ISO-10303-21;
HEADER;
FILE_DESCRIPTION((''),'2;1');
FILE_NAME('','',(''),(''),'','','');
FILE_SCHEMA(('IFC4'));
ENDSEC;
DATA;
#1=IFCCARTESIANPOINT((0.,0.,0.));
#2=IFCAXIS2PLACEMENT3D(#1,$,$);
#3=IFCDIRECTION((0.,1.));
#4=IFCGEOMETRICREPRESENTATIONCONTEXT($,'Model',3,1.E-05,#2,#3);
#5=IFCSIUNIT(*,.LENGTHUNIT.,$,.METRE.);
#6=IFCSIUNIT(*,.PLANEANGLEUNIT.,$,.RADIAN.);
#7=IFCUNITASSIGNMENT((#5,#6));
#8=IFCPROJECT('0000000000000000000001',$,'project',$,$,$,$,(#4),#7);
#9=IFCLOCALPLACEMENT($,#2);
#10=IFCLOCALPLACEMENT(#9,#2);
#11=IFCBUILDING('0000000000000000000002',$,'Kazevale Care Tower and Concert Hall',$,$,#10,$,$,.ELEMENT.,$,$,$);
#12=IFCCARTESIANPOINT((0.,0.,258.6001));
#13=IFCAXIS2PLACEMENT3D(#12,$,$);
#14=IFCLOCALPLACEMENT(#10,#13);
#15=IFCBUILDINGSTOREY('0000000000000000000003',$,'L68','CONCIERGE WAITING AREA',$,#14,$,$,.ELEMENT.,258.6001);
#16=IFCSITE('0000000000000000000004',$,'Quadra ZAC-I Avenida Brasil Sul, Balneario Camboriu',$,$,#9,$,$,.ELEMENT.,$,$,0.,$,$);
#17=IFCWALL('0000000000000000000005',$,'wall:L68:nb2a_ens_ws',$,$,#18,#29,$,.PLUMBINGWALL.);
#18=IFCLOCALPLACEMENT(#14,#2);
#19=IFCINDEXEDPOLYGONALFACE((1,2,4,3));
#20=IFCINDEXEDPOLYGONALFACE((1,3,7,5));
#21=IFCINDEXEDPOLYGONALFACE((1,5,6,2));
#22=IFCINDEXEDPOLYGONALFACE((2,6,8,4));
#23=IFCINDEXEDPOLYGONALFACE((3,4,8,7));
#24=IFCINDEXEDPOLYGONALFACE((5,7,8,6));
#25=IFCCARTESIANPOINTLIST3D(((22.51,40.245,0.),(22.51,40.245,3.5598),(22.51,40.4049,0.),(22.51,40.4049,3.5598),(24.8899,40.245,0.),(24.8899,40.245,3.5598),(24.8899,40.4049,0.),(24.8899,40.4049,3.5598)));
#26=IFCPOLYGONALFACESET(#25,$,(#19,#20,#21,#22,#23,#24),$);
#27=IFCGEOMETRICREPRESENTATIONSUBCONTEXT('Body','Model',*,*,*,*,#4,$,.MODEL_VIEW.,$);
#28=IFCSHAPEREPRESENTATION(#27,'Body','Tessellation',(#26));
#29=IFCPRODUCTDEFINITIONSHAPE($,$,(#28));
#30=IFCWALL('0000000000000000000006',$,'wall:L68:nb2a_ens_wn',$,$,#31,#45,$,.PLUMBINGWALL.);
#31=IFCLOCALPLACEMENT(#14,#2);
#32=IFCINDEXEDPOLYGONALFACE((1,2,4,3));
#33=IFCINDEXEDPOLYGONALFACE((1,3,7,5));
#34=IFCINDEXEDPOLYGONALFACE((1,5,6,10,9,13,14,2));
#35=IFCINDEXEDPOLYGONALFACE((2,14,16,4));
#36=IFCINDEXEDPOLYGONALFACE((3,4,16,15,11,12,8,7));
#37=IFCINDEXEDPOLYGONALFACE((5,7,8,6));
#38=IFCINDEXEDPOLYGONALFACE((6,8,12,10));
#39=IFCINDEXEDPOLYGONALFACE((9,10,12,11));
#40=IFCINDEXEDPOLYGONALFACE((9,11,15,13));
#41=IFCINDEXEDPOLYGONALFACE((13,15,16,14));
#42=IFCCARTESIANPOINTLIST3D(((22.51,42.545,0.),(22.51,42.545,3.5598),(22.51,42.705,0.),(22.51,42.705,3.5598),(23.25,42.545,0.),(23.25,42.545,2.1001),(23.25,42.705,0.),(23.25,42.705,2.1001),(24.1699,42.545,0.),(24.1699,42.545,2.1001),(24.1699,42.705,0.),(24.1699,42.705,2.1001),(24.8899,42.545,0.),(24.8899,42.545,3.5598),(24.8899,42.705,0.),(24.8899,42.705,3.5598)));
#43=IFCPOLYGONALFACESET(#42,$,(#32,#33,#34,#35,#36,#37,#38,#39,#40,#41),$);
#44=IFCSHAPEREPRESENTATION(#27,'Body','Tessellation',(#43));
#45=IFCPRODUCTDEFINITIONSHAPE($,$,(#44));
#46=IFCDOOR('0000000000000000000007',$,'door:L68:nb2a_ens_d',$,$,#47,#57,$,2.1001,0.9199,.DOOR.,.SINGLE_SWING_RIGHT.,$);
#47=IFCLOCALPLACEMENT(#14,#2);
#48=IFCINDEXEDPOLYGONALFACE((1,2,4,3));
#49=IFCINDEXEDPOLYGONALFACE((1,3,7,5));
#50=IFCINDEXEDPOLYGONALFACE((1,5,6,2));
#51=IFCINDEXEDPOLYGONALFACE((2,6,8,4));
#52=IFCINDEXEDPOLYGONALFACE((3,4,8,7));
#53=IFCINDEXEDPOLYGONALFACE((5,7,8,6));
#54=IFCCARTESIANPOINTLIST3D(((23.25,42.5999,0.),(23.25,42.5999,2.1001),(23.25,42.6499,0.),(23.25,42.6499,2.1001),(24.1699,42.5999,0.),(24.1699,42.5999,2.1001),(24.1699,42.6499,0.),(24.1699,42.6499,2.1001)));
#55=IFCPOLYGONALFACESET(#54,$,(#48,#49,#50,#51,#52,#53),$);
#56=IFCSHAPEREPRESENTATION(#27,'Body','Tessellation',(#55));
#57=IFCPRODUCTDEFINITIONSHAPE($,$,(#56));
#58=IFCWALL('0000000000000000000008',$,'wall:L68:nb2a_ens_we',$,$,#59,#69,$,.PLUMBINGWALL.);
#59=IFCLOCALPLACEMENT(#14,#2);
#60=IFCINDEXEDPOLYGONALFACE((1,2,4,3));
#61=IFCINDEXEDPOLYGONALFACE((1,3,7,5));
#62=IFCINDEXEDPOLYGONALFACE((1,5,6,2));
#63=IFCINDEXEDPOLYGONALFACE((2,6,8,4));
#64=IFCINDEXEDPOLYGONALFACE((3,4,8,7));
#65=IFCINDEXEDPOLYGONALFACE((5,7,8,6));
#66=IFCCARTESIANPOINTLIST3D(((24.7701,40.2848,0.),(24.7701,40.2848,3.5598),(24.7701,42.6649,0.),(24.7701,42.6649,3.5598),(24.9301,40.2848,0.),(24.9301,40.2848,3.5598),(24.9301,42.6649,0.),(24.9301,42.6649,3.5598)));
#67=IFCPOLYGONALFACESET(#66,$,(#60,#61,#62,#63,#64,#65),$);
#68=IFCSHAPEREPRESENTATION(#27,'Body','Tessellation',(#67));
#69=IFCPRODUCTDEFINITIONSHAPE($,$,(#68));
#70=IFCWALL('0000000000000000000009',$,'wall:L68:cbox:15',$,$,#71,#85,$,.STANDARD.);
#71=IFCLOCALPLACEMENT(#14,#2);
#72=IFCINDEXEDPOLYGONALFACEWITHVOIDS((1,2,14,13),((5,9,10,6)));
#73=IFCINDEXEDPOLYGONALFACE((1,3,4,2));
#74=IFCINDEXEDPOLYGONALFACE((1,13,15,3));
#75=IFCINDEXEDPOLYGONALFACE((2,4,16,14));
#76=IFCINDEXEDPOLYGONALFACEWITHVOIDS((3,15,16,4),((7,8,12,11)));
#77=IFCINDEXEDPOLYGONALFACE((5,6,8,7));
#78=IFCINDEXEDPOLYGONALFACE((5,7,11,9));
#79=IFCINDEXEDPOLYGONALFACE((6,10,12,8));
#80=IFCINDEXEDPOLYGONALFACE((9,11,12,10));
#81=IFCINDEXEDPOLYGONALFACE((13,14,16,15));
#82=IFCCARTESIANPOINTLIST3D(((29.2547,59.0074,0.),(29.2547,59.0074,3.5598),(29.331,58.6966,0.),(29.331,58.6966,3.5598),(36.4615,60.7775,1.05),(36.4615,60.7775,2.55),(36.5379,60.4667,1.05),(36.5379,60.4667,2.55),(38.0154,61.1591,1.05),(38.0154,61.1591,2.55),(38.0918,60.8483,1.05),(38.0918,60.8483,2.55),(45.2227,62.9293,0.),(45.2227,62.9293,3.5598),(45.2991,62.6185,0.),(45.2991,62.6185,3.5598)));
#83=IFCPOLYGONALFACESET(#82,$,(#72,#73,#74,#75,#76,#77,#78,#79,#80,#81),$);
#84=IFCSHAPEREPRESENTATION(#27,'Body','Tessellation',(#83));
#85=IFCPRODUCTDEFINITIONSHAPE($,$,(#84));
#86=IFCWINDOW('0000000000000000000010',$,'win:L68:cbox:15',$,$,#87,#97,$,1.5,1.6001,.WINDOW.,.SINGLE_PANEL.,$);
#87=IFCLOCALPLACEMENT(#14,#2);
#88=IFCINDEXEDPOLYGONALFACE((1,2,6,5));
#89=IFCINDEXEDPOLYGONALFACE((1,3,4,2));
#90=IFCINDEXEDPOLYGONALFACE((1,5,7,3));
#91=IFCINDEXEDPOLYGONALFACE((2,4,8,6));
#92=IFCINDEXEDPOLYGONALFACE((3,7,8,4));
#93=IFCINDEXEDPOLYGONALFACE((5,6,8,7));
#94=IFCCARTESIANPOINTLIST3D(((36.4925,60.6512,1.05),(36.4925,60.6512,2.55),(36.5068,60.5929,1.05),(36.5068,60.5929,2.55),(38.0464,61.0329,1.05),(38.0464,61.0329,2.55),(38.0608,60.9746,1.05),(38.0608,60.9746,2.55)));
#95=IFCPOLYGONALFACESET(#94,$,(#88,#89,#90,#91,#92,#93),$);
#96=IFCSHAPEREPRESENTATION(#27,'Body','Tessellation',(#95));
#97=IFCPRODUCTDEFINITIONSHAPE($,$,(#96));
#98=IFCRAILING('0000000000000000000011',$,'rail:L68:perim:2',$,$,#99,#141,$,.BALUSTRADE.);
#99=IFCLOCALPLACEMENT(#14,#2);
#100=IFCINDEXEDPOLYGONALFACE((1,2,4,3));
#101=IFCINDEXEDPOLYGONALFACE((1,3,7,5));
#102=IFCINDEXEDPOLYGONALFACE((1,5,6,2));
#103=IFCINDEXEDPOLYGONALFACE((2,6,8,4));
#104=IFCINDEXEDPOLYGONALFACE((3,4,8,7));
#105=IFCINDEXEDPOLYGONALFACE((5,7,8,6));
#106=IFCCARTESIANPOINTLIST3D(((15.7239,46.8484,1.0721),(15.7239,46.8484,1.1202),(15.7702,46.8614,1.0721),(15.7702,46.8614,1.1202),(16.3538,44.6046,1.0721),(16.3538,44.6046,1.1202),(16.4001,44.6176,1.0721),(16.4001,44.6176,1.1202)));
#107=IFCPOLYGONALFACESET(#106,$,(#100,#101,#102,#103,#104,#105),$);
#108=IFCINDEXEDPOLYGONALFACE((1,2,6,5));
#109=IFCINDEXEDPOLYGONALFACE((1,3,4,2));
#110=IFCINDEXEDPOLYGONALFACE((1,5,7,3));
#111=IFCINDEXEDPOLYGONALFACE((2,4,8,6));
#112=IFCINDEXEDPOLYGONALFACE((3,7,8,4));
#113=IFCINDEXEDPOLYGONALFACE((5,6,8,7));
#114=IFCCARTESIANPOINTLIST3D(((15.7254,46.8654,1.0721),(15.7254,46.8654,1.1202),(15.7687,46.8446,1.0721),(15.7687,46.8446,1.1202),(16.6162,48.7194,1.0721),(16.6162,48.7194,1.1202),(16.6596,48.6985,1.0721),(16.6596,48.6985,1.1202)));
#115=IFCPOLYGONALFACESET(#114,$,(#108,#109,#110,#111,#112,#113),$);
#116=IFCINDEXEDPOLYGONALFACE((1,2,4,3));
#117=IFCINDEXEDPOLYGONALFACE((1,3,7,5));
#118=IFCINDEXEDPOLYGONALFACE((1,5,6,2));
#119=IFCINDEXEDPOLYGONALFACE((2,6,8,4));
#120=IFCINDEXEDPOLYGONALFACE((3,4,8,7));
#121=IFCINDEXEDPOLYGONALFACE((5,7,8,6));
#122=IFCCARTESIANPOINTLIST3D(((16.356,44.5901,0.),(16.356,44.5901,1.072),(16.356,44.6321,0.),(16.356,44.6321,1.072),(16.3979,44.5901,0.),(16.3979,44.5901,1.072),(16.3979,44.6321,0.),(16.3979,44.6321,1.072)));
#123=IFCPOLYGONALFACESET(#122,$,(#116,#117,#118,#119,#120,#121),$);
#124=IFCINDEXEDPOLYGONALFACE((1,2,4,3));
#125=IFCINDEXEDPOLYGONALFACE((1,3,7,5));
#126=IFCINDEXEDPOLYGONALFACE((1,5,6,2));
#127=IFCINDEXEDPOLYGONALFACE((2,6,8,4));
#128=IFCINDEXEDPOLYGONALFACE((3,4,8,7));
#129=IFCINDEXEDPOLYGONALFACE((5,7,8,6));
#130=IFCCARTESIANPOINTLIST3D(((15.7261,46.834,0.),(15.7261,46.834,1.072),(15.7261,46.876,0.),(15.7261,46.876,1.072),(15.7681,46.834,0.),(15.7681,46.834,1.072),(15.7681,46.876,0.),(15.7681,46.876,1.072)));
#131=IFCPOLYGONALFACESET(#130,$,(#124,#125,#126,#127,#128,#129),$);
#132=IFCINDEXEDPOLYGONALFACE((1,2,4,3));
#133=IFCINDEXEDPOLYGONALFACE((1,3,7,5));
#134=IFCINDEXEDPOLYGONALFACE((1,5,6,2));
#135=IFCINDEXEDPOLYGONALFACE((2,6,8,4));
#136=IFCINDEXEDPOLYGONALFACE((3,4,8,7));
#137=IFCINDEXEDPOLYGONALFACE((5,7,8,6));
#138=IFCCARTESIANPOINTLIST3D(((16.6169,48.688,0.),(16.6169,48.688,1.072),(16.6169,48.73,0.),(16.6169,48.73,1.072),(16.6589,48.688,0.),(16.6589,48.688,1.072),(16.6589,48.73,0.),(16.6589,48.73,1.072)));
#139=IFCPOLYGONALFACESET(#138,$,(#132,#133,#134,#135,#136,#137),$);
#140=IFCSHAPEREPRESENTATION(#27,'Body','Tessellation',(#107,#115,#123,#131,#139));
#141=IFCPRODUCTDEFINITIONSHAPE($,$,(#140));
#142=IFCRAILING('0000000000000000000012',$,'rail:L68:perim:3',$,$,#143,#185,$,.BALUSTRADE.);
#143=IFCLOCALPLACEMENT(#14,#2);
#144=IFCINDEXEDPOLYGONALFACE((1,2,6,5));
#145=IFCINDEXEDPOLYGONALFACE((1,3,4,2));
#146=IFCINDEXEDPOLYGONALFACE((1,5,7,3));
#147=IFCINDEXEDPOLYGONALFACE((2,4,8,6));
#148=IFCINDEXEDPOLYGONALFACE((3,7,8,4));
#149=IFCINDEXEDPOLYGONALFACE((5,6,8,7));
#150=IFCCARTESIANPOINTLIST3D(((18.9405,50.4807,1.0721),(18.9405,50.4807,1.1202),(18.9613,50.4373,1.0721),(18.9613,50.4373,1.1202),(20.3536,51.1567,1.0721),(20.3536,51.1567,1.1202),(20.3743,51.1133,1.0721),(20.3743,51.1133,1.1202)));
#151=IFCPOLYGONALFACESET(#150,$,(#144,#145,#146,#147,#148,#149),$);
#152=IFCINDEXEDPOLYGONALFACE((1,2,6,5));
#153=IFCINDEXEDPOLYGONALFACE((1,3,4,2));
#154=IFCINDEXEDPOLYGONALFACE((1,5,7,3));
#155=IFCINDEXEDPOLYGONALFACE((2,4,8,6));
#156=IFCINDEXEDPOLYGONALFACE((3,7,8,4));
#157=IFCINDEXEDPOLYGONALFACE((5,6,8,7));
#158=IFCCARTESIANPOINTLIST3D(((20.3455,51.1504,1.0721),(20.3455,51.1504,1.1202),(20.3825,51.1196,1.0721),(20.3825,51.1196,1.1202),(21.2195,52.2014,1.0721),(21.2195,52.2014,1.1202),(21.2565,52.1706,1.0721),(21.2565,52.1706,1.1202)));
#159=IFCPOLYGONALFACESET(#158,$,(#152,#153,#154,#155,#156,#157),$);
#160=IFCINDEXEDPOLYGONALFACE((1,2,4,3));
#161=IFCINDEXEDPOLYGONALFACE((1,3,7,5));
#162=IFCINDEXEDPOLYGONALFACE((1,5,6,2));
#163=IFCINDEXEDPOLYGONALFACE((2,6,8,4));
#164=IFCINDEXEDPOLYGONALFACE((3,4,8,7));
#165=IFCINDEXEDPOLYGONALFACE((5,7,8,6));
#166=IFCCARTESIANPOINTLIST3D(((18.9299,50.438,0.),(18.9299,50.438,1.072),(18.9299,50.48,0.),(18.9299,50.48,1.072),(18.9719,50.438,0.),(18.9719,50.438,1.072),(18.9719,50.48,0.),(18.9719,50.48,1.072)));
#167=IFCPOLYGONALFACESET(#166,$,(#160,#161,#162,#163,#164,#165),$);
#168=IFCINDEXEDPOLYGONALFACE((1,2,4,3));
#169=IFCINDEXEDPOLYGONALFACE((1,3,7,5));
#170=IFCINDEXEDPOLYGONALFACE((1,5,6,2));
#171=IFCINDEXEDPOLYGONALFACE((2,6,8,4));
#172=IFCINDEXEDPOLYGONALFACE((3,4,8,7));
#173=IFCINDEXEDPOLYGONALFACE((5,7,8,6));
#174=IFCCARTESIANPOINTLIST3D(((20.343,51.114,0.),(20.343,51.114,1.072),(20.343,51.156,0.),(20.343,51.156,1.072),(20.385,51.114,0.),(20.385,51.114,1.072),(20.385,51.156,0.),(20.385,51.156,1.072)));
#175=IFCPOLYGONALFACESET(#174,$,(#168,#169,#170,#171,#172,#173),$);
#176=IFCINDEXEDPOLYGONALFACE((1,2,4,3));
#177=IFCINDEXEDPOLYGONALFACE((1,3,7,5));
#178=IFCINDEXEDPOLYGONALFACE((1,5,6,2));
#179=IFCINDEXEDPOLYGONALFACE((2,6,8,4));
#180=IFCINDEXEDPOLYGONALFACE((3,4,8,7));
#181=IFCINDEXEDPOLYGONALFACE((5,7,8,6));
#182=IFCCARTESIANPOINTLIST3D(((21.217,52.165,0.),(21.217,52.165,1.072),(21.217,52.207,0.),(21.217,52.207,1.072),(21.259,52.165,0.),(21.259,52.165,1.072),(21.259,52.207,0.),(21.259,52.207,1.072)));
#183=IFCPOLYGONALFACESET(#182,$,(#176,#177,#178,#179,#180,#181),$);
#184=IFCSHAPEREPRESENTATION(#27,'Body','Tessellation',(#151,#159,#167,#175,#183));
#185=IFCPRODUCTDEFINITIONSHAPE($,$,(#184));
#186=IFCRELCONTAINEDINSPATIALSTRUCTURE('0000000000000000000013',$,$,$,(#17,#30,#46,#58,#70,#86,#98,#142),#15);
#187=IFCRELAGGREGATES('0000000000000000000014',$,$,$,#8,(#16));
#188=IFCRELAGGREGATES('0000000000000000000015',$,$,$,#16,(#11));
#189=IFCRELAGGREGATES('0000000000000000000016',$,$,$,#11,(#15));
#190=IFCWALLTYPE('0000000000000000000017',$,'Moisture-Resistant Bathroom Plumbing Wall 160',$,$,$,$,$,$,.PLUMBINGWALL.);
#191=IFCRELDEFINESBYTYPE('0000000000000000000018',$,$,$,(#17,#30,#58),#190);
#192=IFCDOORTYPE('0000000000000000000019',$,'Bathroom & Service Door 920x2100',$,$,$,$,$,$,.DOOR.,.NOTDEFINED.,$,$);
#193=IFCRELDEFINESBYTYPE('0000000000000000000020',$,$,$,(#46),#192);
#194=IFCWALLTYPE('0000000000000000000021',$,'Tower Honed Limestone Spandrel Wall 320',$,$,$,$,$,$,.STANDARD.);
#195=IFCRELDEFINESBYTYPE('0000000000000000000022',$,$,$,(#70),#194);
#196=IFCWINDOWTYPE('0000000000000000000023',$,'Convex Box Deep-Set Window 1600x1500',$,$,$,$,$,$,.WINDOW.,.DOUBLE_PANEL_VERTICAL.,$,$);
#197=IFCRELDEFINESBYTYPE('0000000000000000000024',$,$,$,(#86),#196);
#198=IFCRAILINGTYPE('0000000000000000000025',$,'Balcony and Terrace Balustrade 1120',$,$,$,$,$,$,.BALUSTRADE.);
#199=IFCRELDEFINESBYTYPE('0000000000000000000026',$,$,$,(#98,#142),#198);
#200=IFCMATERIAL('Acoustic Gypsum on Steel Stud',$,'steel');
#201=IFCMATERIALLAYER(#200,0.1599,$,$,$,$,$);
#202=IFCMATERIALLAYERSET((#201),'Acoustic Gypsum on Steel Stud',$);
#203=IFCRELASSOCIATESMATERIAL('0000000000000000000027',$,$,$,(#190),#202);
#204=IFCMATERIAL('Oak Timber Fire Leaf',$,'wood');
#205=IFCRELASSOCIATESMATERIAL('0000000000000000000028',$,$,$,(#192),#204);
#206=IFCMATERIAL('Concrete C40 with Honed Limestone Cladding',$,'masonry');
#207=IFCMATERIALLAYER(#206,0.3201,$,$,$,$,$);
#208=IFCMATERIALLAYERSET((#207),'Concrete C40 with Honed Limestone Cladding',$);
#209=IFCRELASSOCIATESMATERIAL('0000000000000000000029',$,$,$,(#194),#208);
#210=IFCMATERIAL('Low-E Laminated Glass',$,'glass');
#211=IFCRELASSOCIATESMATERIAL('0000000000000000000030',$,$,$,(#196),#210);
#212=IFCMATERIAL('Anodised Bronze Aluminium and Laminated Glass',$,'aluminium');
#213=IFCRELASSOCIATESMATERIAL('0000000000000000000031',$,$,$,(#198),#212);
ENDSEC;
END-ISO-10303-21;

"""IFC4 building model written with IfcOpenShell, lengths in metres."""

from ifc_helpers import new_model, si_unit, direction, frame, frame_2d, origin, origin_2d, place, context, subcontext, project, spatial, rectangle, extrude, material, layer, layer_set, type_object, element, fill, save


model = new_model("IFC4")

# Units and contexts
model_context = context("Model", 3, precision=1e-05, world=origin(), true_north=direction((0.0, 1.0)))
body_context = subcontext(model_context, "Body", "Model", "MODEL_VIEW")
ifc_project = project(units=[si_unit("LENGTHUNIT", "METRE"), si_unit("PLANEANGLEUNIT", "RADIAN")], contexts=[model_context])

# Site, building, storey
site_placement = place(None, origin())
site = spatial("IfcSite", under=ifc_project, at=site_placement, Name="Quadra ZAC-I Avenida Brasil Sul, Balneario Camboriu", CompositionType="ELEMENT", RefElevation=0.0)
building_placement = place(site_placement, origin())
building = spatial("IfcBuilding", under=site, at=building_placement, Name="Kazevale Care Tower and Concert Hall", CompositionType="ELEMENT")
storey_placement = place(building_placement, frame((0.0, 0.0, 258.6001)))
storey = spatial("IfcBuildingStorey", under=building, at=storey_placement, Name="L68", Description="CONCIERGE WAITING AREA", CompositionType="ELEMENT", Elevation=258.6001)

# Shared definitions
ifc_material_1 = material(Name="Low-E Laminated Glass", Category="glass")

# Shared definitions
ifc_material_2 = material(Name="Acoustic Gypsum on Steel Stud", Category="steel")
ifc_layer_1 = layer(ifc_material_2, 0.1599)
ifc_layer_set_1 = layer_set([ifc_layer_1], Name="Acoustic Gypsum on Steel Stud")
wall_type_1 = type_object("IfcWallType", Name="Moisture-Resistant Bathroom Plumbing Wall 160", PredefinedType="PLUMBINGWALL", material=ifc_layer_set_1)

# Shared definitions
ifc_material_3 = material(Name="Oak Timber Fire Leaf", Category="wood")
door_type = type_object("IfcDoorType", Name="Bathroom & Service Door 920x2100", OperationType="NOTDEFINED", PredefinedType="DOOR", material=ifc_material_3)

# Wall
wall_1_placement = place(storey_placement, frame((22.51, 40.325, 0.0), z_axis=(0.0, 0.0, 1.0), x_axis=(1.0, 0.0, 0.0)))
element("IfcWall", 1, at=wall_1_placement, inside=storey, type_object=wall_type_1, Name="wall:L68:nb2a_ens_ws", PredefinedType="PLUMBINGWALL", context=body_context, shape_type="SweptSolid", body=[
    extrude(rectangle(XDim=2.3799, YDim=0.1599, at=frame_2d((1.1899, 0.0))), origin(), (0.0, 0.0, 1.0), 3.5598),
])

# Wall, opening, door
wall_2_placement = place(storey_placement, frame((22.51, 42.625, 0.0), z_axis=(0.0, 0.0, 1.0), x_axis=(1.0, 0.0, 0.0)))
wall_2 = element("IfcWall", 2, at=wall_2_placement, inside=storey, type_object=wall_type_1, Name="wall:L68:nb2a_ens_wn", PredefinedType="PLUMBINGWALL", context=body_context, shape_type="SweptSolid", body=[
    extrude(rectangle(XDim=2.3799, YDim=0.1599, at=frame_2d((1.1899, 0.0))), origin(), (0.0, 0.0, 1.0), 3.5598),
])
opening_1_placement = place(wall_2_placement, frame((0.74, 0.0, 0.0)))
opening_1 = element("IfcOpeningElement", 3, at=opening_1_placement, cuts=wall_2, PredefinedType="OPENING", context=body_context, shape_type="SweptSolid", body=[
    extrude(rectangle(XDim=0.9199, YDim=2.1001, at=frame_2d((0.46, 1.05))), frame((0.0, 0.0898, 0.0), z_axis=(0.0, -1.0, 0.0), x_axis=(1.0, 0.0, 0.0)), (0.0, 0.0, 1.0), 0.1799),
])
door_1_placement = place(opening_1_placement, origin())
door_1 = element("IfcDoor", 4, at=door_1_placement, inside=storey, type_object=door_type, Name="door:L68:nb2a_ens_d", OperationType="SINGLE_SWING_RIGHT", OverallHeight=2.1001, OverallWidth=0.9199, PredefinedType="DOOR", context=body_context, shape_type="SweptSolid", body=[
    extrude(rectangle(XDim=0.9199, YDim=2.1001, at=frame_2d((0.46, 1.05))), frame((0.0, 0.0249, 0.0), z_axis=(0.0, -1.0, 0.0), x_axis=(1.0, 0.0, 0.0)), (0.0, 0.0, 1.0), 0.05),
])
fill(opening_1, door_1)

# Wall
wall_3_placement = place(storey_placement, frame((24.8501, 40.2849, 0.0), z_axis=(0.0, 0.0, 1.0), x_axis=(0.0, 1.0, 0.0)))
element("IfcWall", 5, at=wall_3_placement, inside=storey, type_object=wall_type_1, Name="wall:L68:nb2a_ens_we", PredefinedType="PLUMBINGWALL", context=body_context, shape_type="SweptSolid", body=[
    extrude(rectangle(XDim=2.3801, YDim=0.1599, at=frame_2d((1.1899, 0.0))), origin(), (0.0, 0.0, 1.0), 3.5598),
])

# Wall, opening, window
ifc_material_4 = material(Name="Concrete C40 with Honed Limestone Cladding", Category="masonry")
ifc_layer_2 = layer(ifc_material_4, 0.3201)
ifc_layer_set_2 = layer_set([ifc_layer_2], Name="Concrete C40 with Honed Limestone Cladding")
wall_type_2 = type_object("IfcWallType", Name="Tower Honed Limestone Spandrel Wall 320", PredefinedType="STANDARD", material=ifc_layer_set_2)
wall_4_placement = place(storey_placement, frame((29.293, 58.8521, 0.0), z_axis=(0.0, 0.0, 1.0), x_axis=(0.971138, 0.238519, 0.0)))
wall_4 = element("IfcWall", 6, at=wall_4_placement, inside=storey, type_object=wall_type_2, Name="wall:L68:cbox:15", PredefinedType="STANDARD", context=body_context, shape_type="SweptSolid", body=[
    extrude(rectangle(XDim=16.4426, YDim=0.3201, at=frame_2d((8.2212, 0.0))), origin(), (0.0, 0.0, 1.0), 3.5598),
])
opening_2_placement = place(wall_4_placement, frame((7.4209, 0.0, 1.05)))
opening_2 = element("IfcOpeningElement", 7, at=opening_2_placement, cuts=wall_4, PredefinedType="OPENING", context=body_context, shape_type="SweptSolid", body=[
    extrude(rectangle(XDim=1.6001, YDim=1.5, at=frame_2d((0.8, 0.75))), frame((0.0, 0.1699, 0.0), z_axis=(0.0, -1.0, 0.0), x_axis=(1.0, 0.0, 0.0)), (0.0, 0.0, 1.0), 0.3401),
])
window_type = type_object("IfcWindowType", Name="Convex Box Deep-Set Window 1600x1500", PartitioningType="DOUBLE_PANEL_VERTICAL", PredefinedType="WINDOW", material=ifc_material_1)
window_placement = place(opening_2_placement, origin())
window = element("IfcWindow", 8, at=window_placement, inside=storey, type_object=window_type, Name="win:L68:cbox:15", OverallHeight=1.5, OverallWidth=1.6001, PartitioningType="SINGLE_PANEL", PredefinedType="WINDOW", context=body_context, shape_type="SweptSolid", body=[
    extrude(rectangle(XDim=1.6001, YDim=1.5, at=frame_2d((0.8, 0.75))), frame((0.0, 0.03, 0.0), z_axis=(0.0, -1.0, 0.0), x_axis=(1.0, 0.0, 0.0)), (0.0, 0.0, 1.0), 0.0601),
])
fill(opening_2, window)

# Railings
ifc_material_5 = material(Name="Anodised Bronze Aluminium and Laminated Glass", Category="aluminium")
railing_type = type_object("IfcRailingType", Name="Balcony and Terrace Balustrade 1120", PredefinedType="BALUSTRADE", material=ifc_material_5)
railing_1_placement = place(storey_placement, frame((16.377, 44.6111, 0.0)))
element("IfcRailing", 9, at=railing_1_placement, inside=storey, type_object=railing_type, Name="rail:L68:perim:2", PredefinedType="BALUSTRADE", context=body_context, shape_type="SweptSolid", body=[
    extrude(rectangle(XDim=0.0481, YDim=0.0481, at=origin_2d()), frame((0.0, 0.0, 1.0962), z_axis=(-0.270263, 0.962786, 0.0), x_axis=(-0.962786, -0.270263, 0.0)), (0.0, 0.0, 1.0), 2.3306),
    extrude(rectangle(XDim=0.0481, YDim=0.0481, at=origin_2d()), frame((-0.6299, 2.2439, 1.0962), z_axis=(0.433105, 0.901343, 0.0), x_axis=(-0.901343, 0.433105, 0.0)), (0.0, 0.0, 1.0), 2.0569),
    extrude(rectangle(XDim=0.042, YDim=0.042, at=origin_2d()), origin(), (0.0, 0.0, 1.0), 1.072),
    extrude(rectangle(XDim=0.042, YDim=0.042, at=origin_2d()), frame((-0.6299, 2.2439, 0.0)), (0.0, 0.0, 1.0), 1.072),
    extrude(rectangle(XDim=0.042, YDim=0.042, at=origin_2d()), frame((0.261, 4.0979, 0.0)), (0.0, 0.0, 1.0), 1.072),
])
railing_2_placement = place(storey_placement, frame((18.9509, 50.459, 0.0)))
element("IfcRailing", 10, at=railing_2_placement, inside=storey, type_object=railing_type, Name="rail:L68:perim:3", PredefinedType="BALUSTRADE", context=body_context, shape_type="SweptSolid", body=[
    extrude(rectangle(XDim=0.0481, YDim=0.0481, at=origin_2d()), frame((0.0, 0.0, 1.0962), z_axis=(0.902084, 0.43156, 0.0), x_axis=(-0.43156, 0.902084, 0.0)), (0.0, 0.0, 1.0), 1.5664),
    extrude(rectangle(XDim=0.0481, YDim=0.0481, at=origin_2d()), frame((1.4131, 0.676, 1.0962), z_axis=(0.639394, 0.76888, 0.0), x_axis=(-0.76888, 0.639394, 0.0)), (0.0, 0.0, 1.0), 1.3669),
    extrude(rectangle(XDim=0.042, YDim=0.042, at=origin_2d()), origin(), (0.0, 0.0, 1.0), 1.072),
    extrude(rectangle(XDim=0.042, YDim=0.042, at=origin_2d()), frame((1.4131, 0.676, 0.0)), (0.0, 0.0, 1.0), 1.072),
    extrude(rectangle(XDim=0.042, YDim=0.042, at=origin_2d()), frame((2.2871, 1.7271, 0.0)), (0.0, 0.0, 1.0), 1.072),
])

save(model, "model.ifc")
